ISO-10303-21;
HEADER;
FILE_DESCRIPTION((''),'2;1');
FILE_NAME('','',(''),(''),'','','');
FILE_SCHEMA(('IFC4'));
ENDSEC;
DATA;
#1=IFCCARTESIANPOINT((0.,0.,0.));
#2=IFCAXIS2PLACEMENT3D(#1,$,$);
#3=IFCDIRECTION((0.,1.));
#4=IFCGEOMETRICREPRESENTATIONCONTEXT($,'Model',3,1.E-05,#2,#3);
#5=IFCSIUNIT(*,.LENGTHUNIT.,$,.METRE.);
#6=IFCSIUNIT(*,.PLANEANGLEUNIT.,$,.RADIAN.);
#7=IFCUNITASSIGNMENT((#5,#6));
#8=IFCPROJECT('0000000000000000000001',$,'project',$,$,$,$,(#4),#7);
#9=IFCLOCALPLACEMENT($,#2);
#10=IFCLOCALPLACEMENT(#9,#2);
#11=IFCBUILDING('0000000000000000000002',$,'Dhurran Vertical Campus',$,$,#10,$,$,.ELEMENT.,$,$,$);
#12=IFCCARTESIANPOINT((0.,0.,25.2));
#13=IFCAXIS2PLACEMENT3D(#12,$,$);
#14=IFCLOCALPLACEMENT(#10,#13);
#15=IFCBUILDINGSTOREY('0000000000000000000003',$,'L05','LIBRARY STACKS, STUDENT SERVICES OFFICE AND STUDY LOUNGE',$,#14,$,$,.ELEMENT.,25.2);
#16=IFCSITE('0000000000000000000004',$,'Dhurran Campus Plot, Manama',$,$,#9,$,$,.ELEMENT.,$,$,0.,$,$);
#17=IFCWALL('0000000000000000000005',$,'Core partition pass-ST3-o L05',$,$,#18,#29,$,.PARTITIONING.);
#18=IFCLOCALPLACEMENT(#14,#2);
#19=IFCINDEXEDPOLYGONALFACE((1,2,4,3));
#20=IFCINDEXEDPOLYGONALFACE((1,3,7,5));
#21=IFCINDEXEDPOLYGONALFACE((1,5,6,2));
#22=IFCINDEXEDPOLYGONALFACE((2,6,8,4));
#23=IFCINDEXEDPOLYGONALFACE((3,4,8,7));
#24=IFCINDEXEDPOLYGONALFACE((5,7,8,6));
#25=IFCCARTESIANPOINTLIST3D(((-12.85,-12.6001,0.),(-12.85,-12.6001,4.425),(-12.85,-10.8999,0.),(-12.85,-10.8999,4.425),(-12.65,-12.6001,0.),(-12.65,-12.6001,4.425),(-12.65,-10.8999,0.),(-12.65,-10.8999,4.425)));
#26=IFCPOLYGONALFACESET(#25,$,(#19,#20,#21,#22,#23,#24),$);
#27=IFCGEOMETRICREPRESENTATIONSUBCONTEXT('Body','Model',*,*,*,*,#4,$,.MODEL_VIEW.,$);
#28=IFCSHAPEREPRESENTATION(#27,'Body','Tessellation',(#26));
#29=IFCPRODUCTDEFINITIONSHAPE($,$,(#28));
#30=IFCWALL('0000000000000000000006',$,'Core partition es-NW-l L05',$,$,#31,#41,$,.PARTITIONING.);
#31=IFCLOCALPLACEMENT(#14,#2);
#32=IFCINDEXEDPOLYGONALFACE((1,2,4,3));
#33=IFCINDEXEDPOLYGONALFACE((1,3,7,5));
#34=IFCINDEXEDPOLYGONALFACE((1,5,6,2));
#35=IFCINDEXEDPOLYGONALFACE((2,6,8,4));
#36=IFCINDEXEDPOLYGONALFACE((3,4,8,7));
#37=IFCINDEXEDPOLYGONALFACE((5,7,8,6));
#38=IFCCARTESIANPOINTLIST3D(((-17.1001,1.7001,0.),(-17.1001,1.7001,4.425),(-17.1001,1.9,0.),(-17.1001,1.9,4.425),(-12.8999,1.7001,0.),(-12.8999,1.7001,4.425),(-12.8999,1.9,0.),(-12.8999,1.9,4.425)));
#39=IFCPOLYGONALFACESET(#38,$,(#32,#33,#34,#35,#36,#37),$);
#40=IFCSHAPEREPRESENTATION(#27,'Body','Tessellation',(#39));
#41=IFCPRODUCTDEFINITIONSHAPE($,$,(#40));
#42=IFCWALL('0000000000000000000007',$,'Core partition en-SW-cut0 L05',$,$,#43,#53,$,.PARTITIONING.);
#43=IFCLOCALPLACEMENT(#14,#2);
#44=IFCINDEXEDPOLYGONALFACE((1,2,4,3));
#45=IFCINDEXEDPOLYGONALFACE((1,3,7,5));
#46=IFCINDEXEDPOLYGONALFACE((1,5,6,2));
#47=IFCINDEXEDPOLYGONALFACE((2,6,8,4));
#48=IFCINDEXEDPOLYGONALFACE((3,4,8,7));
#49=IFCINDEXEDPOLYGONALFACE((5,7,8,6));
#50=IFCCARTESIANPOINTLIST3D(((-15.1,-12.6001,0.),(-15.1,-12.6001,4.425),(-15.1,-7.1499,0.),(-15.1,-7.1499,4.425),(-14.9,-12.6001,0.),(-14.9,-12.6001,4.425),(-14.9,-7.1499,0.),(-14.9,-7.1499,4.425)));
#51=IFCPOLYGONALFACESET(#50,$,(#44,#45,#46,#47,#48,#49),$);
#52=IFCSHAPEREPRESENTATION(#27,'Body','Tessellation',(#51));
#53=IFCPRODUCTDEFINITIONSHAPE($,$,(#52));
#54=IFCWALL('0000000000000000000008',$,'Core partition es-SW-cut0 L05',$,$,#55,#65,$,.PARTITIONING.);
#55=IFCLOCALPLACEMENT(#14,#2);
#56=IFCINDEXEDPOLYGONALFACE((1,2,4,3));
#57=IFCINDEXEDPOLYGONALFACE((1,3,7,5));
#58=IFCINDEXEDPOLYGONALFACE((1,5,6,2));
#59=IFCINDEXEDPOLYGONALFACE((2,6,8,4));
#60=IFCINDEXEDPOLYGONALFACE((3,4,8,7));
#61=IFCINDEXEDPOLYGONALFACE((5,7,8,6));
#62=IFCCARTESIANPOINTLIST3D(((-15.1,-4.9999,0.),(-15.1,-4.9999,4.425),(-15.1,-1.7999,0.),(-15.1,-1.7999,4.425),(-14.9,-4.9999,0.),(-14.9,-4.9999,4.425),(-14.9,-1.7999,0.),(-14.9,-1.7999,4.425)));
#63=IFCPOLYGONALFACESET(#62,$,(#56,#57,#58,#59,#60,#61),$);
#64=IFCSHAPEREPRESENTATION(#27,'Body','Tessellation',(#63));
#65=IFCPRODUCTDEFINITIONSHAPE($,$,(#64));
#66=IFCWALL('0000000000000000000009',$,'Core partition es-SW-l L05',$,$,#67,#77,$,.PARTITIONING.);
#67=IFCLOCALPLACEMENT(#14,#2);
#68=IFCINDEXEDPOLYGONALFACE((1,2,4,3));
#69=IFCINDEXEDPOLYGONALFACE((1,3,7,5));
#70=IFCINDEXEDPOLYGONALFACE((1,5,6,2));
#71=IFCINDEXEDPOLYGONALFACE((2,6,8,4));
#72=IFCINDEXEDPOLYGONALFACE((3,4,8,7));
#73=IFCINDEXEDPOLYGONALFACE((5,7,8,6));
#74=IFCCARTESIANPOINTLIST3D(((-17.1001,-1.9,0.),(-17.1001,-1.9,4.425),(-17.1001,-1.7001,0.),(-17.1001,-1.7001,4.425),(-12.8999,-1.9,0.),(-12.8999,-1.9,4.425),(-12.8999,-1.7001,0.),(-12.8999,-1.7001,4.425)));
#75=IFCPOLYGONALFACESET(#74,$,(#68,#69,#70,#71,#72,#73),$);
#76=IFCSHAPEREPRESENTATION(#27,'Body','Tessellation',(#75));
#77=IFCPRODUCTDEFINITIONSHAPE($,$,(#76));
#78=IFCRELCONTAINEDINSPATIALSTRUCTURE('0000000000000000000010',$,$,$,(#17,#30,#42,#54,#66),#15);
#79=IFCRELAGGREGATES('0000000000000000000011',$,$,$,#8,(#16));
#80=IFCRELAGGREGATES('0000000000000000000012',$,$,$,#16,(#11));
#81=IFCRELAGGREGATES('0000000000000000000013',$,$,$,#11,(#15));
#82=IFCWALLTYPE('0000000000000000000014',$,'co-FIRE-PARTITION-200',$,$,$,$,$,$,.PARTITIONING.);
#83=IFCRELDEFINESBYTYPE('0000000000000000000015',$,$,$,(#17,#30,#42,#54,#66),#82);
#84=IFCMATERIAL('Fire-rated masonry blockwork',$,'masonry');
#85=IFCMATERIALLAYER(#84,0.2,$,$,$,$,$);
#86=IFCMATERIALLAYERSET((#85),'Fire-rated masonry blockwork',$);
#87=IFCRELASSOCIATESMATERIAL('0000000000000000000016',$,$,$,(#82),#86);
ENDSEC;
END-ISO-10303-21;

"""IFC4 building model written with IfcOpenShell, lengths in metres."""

from ifc_helpers import new_model, si_unit, direction, frame, frame_2d, origin, place, context, subcontext, project, spatial, rectangle, extrude, material, layer, layer_set, type_object, element, save


model = new_model("IFC4")

# Units and contexts
model_context = context("Model", 3, precision=1e-05, world=origin(), true_north=direction((0.0, 1.0)))
body_context = subcontext(model_context, "Body", "Model", "MODEL_VIEW")
ifc_project = project(units=[si_unit("LENGTHUNIT", "METRE"), si_unit("PLANEANGLEUNIT", "RADIAN")], contexts=[model_context])

# Site, building, storey
site_placement = place(None, origin())
site = spatial("IfcSite", under=ifc_project, at=site_placement, Name="Dhurran Campus Plot, Manama", CompositionType="ELEMENT", RefElevation=0.0)
building_placement = place(site_placement, origin())
building = spatial("IfcBuilding", under=site, at=building_placement, Name="Dhurran Vertical Campus", CompositionType="ELEMENT")
storey_placement = place(building_placement, frame((0.0, 0.0, 25.2)))
storey = spatial("IfcBuildingStorey", under=building, at=storey_placement, Name="L05", Description="LIBRARY STACKS, STUDENT SERVICES OFFICE AND STUDY LOUNGE", CompositionType="ELEMENT", Elevation=25.2)

# Walls
ifc_material_1 = material(Name="Fire-rated masonry blockwork", Category="masonry")
ifc_layer_1 = layer(ifc_material_1, 0.2)
ifc_layer_set_1 = layer_set([ifc_layer_1], Name="Fire-rated masonry blockwork")
wall_type_1 = type_object("IfcWallType", Name="co-FIRE-PARTITION-200", PredefinedType="PARTITIONING", material=ifc_layer_set_1)
wall_1_placement = place(storey_placement, frame((-12.75, -12.6001, 0.0), z_axis=(0.0, 0.0, 1.0), x_axis=(0.0, 1.0, 0.0)))
element("IfcWall", 1, at=wall_1_placement, inside=storey, type_object=wall_type_1, Name="Core partition pass-ST3-o L05", PredefinedType="PARTITIONING", context=body_context, shape_type="SweptSolid", body=[
    extrude(rectangle(XDim=1.7002, YDim=0.2, at=frame_2d((0.8501, 0.0))), origin(), (0.0, 0.0, 1.0), 4.425),
])
wall_2_placement = place(storey_placement, frame((-17.1001, 1.8, 0.0), z_axis=(0.0, 0.0, 1.0), x_axis=(1.0, 0.0, 0.0)))
element("IfcWall", 2, at=wall_2_placement, inside=storey, type_object=wall_type_1, Name="Core partition es-NW-l L05", PredefinedType="PARTITIONING", context=body_context, shape_type="SweptSolid", body=[
    extrude(rectangle(XDim=4.2002, YDim=0.2, at=frame_2d((2.1001, 0.0))), origin(), (0.0, 0.0, 1.0), 4.425),
])
wall_3_placement = place(storey_placement, frame((-15.0, -12.6001, 0.0), z_axis=(0.0, 0.0, 1.0), x_axis=(0.0, 1.0, 0.0)))
element("IfcWall", 3, at=wall_3_placement, inside=storey, type_object=wall_type_1, Name="Core partition en-SW-cut0 L05", PredefinedType="PARTITIONING", context=body_context, shape_type="SweptSolid", body=[
    extrude(rectangle(XDim=5.4502, YDim=0.2, at=frame_2d((2.7251, 0.0))), origin(), (0.0, 0.0, 1.0), 4.425),
])
wall_4_placement = place(storey_placement, frame((-15.0, -5.0, 0.0), z_axis=(0.0, 0.0, 1.0), x_axis=(0.0, 1.0, 0.0)))
element("IfcWall", 4, at=wall_4_placement, inside=storey, type_object=wall_type_1, Name="Core partition es-SW-cut0 L05", PredefinedType="PARTITIONING", context=body_context, shape_type="SweptSolid", body=[
    extrude(rectangle(XDim=3.2, YDim=0.2, at=frame_2d((1.6001, 0.0))), origin(), (0.0, 0.0, 1.0), 4.425),
])
wall_5_placement = place(storey_placement, frame((-17.1001, -1.8, 0.0), z_axis=(0.0, 0.0, 1.0), x_axis=(1.0, 0.0, 0.0)))
element("IfcWall", 5, at=wall_5_placement, inside=storey, type_object=wall_type_1, Name="Core partition es-SW-l L05", PredefinedType="PARTITIONING", context=body_context, shape_type="SweptSolid", body=[
    extrude(rectangle(XDim=4.2002, YDim=0.2, at=frame_2d((2.1001, 0.0))), origin(), (0.0, 0.0, 1.0), 4.425),
])

save(model, "model.ifc")
